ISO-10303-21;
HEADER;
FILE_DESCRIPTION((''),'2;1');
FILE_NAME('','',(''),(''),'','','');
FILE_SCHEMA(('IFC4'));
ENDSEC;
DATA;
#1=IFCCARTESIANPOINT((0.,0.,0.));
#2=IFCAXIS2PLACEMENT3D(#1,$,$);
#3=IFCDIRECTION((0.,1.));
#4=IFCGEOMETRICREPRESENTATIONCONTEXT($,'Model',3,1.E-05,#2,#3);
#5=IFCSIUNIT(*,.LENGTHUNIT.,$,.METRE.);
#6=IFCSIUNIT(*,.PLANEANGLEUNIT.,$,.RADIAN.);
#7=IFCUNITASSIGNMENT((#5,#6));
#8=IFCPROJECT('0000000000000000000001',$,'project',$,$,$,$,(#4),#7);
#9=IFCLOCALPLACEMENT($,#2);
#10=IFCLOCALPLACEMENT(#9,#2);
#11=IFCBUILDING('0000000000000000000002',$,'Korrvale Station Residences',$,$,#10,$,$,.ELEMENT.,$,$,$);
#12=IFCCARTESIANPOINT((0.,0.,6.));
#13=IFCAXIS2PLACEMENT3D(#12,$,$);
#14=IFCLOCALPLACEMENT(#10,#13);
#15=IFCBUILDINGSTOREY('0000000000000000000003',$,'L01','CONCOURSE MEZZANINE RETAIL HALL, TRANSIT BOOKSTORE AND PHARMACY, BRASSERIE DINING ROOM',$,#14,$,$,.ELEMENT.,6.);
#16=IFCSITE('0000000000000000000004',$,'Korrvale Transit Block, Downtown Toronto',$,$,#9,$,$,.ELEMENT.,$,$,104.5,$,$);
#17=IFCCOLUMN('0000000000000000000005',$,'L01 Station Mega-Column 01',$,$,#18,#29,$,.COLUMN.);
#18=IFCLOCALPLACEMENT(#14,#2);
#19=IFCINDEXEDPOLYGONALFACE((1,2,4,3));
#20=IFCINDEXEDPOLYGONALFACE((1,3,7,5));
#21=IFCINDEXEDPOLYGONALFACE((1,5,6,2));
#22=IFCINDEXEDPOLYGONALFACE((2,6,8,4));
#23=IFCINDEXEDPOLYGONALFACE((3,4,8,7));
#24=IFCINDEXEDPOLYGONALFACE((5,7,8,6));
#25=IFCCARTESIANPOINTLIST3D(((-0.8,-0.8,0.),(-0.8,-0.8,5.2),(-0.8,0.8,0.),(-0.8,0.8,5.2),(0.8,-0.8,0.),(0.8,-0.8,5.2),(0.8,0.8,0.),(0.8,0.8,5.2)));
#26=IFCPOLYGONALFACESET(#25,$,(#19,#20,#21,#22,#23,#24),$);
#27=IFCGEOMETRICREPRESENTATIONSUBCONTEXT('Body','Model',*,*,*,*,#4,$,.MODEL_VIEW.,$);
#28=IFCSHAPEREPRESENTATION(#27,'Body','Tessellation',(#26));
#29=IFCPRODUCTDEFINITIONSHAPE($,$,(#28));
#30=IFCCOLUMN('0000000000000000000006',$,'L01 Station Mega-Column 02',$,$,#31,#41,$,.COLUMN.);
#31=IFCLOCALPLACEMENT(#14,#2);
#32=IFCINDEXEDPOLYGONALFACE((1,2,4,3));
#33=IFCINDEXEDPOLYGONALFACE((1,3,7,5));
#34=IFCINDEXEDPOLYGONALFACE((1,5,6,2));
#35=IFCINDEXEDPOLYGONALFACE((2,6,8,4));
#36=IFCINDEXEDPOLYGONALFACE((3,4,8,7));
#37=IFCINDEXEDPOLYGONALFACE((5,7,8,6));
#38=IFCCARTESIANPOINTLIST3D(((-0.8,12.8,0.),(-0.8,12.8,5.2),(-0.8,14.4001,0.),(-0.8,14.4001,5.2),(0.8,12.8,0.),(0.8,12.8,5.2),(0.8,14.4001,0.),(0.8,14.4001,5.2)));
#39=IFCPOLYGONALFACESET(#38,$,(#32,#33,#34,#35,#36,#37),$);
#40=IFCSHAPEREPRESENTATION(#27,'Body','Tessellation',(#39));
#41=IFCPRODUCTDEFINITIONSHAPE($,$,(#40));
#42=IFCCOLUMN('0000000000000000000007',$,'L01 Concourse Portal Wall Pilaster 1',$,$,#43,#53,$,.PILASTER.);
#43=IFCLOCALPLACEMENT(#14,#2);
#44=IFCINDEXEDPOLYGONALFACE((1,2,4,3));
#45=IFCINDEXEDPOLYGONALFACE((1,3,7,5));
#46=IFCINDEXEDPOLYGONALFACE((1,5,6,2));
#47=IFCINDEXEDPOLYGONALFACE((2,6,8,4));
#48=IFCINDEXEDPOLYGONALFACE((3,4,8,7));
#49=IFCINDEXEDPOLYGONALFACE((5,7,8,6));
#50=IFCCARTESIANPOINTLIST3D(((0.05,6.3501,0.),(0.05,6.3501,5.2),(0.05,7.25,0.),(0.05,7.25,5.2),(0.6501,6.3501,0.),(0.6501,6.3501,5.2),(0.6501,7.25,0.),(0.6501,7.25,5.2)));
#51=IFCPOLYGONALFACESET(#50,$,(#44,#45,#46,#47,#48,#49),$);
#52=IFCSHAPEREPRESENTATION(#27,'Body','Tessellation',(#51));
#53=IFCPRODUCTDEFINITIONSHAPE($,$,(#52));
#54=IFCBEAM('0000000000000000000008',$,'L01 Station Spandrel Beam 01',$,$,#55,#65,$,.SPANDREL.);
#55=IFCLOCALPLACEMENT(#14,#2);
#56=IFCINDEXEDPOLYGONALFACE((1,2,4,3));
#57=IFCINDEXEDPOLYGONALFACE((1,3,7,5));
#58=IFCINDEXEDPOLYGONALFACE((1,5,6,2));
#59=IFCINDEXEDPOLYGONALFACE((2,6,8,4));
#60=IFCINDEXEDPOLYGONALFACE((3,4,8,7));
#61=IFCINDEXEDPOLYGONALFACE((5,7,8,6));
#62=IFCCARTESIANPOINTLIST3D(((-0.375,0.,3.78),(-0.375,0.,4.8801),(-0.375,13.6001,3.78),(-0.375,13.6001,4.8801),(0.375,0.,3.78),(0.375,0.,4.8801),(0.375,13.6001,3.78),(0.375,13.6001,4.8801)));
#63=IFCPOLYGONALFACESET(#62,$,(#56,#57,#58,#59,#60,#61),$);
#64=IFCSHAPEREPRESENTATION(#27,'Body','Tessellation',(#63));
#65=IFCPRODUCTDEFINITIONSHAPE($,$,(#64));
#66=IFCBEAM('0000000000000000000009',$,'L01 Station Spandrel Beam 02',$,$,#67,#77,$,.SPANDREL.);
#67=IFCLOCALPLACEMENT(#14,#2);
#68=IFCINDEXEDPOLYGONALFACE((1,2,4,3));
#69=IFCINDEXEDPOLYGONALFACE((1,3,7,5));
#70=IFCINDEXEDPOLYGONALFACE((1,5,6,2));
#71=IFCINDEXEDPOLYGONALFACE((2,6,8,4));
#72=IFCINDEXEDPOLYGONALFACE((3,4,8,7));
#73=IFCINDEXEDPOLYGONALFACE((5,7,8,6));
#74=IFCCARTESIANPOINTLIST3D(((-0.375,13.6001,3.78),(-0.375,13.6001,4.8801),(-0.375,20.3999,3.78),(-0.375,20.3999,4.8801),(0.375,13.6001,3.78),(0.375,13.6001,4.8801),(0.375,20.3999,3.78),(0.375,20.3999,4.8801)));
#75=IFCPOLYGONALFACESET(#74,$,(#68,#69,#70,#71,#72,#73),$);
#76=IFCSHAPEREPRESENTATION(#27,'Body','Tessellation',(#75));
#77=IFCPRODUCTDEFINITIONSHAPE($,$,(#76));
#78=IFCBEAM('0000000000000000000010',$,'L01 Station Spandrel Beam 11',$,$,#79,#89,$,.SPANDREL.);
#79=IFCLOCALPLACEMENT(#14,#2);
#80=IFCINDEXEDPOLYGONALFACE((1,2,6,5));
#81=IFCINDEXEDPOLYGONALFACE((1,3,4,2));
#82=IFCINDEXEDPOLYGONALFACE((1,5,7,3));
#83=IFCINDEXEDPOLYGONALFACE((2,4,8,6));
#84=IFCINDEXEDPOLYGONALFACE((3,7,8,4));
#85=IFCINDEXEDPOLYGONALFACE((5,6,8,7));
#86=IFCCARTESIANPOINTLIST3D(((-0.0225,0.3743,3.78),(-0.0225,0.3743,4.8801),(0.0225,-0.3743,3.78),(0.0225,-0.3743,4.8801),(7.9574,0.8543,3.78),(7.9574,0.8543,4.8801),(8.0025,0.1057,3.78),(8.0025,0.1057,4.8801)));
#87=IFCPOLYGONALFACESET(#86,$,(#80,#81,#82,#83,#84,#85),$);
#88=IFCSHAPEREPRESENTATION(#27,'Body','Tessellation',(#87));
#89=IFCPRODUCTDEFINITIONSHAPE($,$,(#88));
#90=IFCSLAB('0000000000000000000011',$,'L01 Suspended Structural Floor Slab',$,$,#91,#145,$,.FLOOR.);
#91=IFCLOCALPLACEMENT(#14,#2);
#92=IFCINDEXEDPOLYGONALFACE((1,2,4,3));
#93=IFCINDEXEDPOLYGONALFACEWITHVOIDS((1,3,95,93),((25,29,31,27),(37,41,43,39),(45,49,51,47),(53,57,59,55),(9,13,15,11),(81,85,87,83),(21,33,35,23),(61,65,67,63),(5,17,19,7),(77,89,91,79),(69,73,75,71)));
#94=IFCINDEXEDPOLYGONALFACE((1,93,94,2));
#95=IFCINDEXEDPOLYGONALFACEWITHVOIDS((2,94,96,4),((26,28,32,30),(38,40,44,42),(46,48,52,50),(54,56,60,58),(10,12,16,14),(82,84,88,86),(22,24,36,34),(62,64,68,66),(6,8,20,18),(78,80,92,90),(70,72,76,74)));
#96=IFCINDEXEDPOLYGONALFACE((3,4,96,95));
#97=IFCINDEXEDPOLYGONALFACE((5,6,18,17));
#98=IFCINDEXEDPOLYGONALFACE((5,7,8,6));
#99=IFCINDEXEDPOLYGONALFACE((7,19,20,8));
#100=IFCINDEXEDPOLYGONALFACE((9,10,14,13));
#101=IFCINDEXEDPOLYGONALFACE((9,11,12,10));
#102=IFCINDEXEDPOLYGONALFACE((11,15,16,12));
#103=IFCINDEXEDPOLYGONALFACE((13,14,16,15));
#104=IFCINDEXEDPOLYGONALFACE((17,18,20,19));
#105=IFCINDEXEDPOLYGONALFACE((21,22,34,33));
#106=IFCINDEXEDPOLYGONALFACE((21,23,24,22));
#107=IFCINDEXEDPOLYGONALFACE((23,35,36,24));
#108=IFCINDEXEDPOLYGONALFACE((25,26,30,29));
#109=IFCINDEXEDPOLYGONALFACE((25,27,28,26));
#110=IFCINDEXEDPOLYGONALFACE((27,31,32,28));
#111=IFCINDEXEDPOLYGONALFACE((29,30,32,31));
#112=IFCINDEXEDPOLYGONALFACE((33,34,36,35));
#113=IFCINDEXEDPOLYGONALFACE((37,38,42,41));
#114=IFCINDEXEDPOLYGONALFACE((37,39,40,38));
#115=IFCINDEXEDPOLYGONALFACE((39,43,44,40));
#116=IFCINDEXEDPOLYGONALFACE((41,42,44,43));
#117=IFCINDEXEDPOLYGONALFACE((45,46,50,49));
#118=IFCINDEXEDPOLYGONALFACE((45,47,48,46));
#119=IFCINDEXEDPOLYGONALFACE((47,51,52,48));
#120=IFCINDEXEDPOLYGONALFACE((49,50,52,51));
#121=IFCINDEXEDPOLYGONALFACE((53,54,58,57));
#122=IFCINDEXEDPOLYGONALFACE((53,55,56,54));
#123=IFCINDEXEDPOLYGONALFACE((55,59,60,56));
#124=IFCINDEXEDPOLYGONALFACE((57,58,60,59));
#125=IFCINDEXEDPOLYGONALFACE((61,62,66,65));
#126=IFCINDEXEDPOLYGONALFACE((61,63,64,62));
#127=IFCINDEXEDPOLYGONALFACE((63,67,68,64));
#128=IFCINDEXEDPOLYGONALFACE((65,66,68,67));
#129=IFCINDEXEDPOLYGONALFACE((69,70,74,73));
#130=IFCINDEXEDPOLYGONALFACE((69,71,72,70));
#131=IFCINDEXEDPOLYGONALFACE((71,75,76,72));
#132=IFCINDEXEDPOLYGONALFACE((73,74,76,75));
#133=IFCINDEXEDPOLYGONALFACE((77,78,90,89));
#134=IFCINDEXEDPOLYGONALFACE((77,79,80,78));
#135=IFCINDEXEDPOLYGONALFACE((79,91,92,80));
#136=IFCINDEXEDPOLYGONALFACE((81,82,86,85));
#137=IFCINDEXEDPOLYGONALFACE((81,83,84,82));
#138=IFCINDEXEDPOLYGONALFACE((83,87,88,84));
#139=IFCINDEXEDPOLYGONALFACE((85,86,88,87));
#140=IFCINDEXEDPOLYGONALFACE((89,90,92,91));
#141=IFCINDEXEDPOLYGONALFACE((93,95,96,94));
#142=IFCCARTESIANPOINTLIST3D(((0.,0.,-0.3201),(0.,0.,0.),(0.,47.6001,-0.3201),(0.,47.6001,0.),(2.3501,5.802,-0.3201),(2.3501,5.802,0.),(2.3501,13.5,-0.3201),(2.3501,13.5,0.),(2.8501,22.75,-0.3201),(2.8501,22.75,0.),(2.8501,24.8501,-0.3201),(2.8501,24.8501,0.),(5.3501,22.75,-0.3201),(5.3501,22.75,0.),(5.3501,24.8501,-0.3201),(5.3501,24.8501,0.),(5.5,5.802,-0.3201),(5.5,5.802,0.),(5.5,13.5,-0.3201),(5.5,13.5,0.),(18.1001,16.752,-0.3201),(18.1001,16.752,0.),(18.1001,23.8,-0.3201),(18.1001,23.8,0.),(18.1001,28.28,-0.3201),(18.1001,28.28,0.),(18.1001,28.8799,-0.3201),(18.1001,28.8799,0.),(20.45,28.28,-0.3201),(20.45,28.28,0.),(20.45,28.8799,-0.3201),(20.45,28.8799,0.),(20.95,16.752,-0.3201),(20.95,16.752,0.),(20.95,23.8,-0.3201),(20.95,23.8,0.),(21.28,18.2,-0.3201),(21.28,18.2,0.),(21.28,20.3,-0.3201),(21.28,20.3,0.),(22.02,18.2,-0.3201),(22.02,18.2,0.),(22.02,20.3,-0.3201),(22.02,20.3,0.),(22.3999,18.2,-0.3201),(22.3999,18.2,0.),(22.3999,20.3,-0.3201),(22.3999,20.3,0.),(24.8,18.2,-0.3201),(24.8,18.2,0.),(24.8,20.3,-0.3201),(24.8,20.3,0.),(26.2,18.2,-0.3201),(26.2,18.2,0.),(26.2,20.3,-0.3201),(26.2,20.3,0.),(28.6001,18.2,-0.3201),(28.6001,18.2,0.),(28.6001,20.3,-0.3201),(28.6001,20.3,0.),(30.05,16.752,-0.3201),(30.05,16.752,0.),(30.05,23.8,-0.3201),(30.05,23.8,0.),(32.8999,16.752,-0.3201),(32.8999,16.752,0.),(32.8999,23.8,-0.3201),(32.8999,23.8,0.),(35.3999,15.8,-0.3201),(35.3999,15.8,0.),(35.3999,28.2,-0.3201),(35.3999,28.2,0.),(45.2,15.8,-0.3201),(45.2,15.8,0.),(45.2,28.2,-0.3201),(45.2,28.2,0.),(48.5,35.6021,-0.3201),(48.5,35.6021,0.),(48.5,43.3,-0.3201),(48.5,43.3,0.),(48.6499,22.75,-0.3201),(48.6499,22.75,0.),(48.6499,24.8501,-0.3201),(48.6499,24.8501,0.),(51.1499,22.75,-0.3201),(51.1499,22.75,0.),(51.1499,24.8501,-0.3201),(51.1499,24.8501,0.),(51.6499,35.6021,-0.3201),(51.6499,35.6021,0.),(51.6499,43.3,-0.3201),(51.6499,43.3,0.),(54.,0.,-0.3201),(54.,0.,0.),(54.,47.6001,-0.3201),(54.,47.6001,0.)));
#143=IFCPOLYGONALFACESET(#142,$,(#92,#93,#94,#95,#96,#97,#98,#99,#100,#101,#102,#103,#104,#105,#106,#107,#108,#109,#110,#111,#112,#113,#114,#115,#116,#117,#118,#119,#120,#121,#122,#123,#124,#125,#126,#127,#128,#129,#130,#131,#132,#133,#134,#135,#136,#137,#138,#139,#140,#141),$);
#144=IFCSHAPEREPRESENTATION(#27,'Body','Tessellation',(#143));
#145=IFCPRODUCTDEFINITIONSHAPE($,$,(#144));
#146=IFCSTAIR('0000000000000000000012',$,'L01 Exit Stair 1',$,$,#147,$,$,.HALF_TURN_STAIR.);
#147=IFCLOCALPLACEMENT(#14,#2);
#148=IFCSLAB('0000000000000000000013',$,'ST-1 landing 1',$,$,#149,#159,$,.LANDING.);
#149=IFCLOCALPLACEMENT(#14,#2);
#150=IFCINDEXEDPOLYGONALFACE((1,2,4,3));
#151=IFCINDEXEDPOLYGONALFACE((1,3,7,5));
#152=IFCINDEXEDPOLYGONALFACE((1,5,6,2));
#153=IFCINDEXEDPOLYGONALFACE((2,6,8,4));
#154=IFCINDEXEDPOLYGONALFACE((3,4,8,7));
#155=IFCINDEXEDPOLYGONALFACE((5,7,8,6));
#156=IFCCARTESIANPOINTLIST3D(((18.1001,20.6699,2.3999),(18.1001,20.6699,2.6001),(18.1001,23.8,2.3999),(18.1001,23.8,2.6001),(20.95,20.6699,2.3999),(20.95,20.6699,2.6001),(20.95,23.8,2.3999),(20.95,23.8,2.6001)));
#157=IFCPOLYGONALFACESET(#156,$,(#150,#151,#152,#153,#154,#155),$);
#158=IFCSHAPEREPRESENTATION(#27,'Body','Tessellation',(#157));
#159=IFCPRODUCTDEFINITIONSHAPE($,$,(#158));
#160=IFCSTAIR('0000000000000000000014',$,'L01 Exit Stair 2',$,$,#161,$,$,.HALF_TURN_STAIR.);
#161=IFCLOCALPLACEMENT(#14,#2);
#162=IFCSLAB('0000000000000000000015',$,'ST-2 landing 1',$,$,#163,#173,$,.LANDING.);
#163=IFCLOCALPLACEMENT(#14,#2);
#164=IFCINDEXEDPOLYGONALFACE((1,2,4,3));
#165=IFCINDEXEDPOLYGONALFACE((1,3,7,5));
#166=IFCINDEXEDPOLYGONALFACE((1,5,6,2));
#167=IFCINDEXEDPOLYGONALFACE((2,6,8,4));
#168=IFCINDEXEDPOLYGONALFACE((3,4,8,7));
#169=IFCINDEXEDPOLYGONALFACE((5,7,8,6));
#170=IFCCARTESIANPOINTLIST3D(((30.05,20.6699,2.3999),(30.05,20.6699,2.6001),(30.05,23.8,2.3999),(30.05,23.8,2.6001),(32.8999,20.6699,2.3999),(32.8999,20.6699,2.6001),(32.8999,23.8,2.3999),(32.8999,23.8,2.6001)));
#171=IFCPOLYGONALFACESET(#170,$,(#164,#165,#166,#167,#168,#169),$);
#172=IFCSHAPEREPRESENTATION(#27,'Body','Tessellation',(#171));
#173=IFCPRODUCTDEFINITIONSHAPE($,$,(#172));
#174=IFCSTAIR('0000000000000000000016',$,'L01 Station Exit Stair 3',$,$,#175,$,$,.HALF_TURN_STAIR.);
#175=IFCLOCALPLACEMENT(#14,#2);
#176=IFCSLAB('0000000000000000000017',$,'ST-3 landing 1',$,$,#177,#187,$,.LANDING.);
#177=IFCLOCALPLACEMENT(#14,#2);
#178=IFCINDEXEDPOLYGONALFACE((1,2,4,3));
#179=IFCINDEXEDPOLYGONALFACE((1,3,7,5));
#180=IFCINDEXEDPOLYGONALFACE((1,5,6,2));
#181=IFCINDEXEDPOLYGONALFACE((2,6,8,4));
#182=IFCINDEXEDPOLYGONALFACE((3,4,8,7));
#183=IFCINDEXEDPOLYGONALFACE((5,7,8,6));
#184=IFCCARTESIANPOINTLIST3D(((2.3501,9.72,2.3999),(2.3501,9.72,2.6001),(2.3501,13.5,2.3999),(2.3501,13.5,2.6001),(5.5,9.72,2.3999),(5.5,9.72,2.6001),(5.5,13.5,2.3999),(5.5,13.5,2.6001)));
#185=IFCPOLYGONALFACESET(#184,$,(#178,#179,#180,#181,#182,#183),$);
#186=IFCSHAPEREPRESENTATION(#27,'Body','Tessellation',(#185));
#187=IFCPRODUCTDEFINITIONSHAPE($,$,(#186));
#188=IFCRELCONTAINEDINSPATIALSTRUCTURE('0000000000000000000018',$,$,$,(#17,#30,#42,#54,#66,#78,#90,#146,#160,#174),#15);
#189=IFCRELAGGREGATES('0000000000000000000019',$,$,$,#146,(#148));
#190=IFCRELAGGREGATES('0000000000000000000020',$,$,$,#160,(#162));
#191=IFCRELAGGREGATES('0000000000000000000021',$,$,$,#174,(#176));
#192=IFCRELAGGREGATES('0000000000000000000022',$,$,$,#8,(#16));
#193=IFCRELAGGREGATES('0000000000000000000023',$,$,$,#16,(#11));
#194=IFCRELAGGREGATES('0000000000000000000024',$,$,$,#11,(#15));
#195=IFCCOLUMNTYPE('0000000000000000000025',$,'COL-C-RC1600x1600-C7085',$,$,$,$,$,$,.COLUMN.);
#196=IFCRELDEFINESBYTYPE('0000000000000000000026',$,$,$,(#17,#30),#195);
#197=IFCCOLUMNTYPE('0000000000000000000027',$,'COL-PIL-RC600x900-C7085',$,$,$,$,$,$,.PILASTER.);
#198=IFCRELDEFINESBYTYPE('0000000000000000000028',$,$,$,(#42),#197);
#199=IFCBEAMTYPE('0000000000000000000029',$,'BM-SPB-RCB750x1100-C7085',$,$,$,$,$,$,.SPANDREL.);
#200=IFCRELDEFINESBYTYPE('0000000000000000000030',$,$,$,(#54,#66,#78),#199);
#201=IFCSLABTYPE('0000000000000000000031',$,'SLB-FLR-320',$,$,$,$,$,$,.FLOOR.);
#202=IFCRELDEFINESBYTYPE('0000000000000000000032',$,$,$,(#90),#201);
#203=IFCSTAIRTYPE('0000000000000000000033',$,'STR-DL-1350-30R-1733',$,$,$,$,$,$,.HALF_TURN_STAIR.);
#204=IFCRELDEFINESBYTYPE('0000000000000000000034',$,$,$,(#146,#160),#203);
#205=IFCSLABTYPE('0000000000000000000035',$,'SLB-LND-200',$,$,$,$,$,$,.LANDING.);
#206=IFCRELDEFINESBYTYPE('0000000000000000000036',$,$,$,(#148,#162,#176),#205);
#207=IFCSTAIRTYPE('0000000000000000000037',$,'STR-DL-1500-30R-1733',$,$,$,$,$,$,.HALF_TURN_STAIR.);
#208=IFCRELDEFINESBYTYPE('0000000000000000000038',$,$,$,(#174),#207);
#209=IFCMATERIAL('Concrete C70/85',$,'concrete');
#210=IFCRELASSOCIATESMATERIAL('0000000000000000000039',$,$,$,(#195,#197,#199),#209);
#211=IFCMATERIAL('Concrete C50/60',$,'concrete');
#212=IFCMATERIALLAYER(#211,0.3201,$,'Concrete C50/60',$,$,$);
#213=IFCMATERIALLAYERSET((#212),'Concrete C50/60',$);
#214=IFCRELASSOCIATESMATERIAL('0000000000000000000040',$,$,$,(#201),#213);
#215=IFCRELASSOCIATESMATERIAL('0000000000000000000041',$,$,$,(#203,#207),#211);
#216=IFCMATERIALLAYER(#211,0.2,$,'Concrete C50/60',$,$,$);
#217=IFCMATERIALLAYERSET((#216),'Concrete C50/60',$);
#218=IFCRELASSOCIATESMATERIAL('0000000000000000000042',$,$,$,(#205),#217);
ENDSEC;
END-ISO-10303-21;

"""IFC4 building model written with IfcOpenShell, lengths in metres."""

from ifc_helpers import new_model, si_unit, direction, frame, origin, origin_2d, place, context, subcontext, project, spatial, polyline, rectangle, outline, extrude, material, layer, layer_set, material_profile, profile_set, type_object, element, aggregate, save


model = new_model("IFC4")

# Units and contexts
model_context = context("Model", 3, precision=1e-05, world=origin(), true_north=direction((0.0, 1.0)))
body_context = subcontext(model_context, "Body", "Model", "MODEL_VIEW")
ifc_project = project(units=[si_unit("LENGTHUNIT", "METRE"), si_unit("PLANEANGLEUNIT", "RADIAN")], contexts=[model_context])

# Site, building, storey
site_placement = place(None, origin())
site = spatial("IfcSite", under=ifc_project, at=site_placement, Name="Korrvale Transit Block, Downtown Toronto", CompositionType="ELEMENT", RefElevation=104.5)
building_placement = place(site_placement, origin())
building = spatial("IfcBuilding", under=site, at=building_placement, Name="Korrvale Station Residences", CompositionType="ELEMENT")
storey_placement = place(building_placement, frame((0.0, 0.0, 6.0)))
storey = spatial("IfcBuildingStorey", under=building, at=storey_placement, Name="L01", Description="CONCOURSE MEZZANINE RETAIL HALL, TRANSIT BOOKSTORE AND PHARMACY, BRASSERIE DINING ROOM", CompositionType="ELEMENT", Elevation=6.0)

# Columns
ifc_material_1 = material(Name="Concrete C70/85", Category="concrete")
ifc_material_profile_1 = material_profile(ifc_material_1, rectangle(XDim=1.6001, YDim=1.6001, at=origin_2d()), Name="RC1600x1600")
ifc_profile_set_1 = profile_set([ifc_material_profile_1], Name="Concrete C70/85")
column_type_1 = type_object("IfcColumnType", Name="COL-C-RC1600x1600-C7085", PredefinedType="COLUMN", material=ifc_profile_set_1)
for number, where, z_axis, x_axis, name in (
    (1, (0.0, 0.0, 0.0), (0.0, 0.0, 1.0), (1.0, 0.0, 0.0), "L01 Station Mega-Column 01"),
    (2, (0.0, 13.6001, 0.0), (0.0, 0.0, 1.0), (1.0, 0.0, 0.0), "L01 Station Mega-Column 02"),
):
    element("IfcColumn", number, at=place(storey_placement, frame(where, z_axis=z_axis, x_axis=x_axis)), inside=storey, type_object=column_type_1, Name=name, PredefinedType="COLUMN", context=body_context, shape_type="SweptSolid", body=[
        extrude(rectangle(XDim=1.6001, YDim=1.6001, at=origin_2d()), origin(), (0.0, 0.0, 1.0), 5.2),
    ])
ifc_material_profile_2 = material_profile(ifc_material_1, rectangle(XDim=0.6001, YDim=0.8999, at=origin_2d()), Name="RC600x900")
ifc_profile_set_2 = profile_set([ifc_material_profile_2], Name="Concrete C70/85")
column_type_2 = type_object("IfcColumnType", Name="COL-PIL-RC600x900-C7085", PredefinedType="PILASTER", material=ifc_profile_set_2)
column_placement = place(storey_placement, frame((0.3501, 6.8, 0.0), z_axis=(0.0, 0.0, 1.0), x_axis=(1.0, 0.0, 0.0)))
element("IfcColumn", 3, at=column_placement, inside=storey, type_object=column_type_2, Name="L01 Concourse Portal Wall Pilaster 1", PredefinedType="PILASTER", context=body_context, shape_type="SweptSolid", body=[
    extrude(rectangle(XDim=0.6001, YDim=0.8999, at=origin_2d()), origin(), (0.0, 0.0, 1.0), 5.2),
])

# Beams
ifc_material_profile_3 = material_profile(ifc_material_1, rectangle(XDim=0.75, YDim=1.1001, at=origin_2d()), Name="RCB750x1100")
ifc_profile_set_3 = profile_set([ifc_material_profile_3], Name="Concrete C70/85")
beam_type = type_object("IfcBeamType", Name="BM-SPB-RCB750x1100-C7085", PredefinedType="SPANDREL", material=ifc_profile_set_3)
beam_1_placement = place(storey_placement, frame((0.0, 0.0, 4.3301), z_axis=(0.0, 1.0, 0.0), x_axis=(-1.0, 0.0, 0.0)))
element("IfcBeam", 4, at=beam_1_placement, inside=storey, type_object=beam_type, Name="L01 Station Spandrel Beam 01", PredefinedType="SPANDREL", context=body_context, shape_type="SweptSolid", body=[
    extrude(rectangle(XDim=0.75, YDim=1.1001, at=origin_2d()), origin(), (0.0, 0.0, 1.0), 13.6001),
])
beam_2_placement = place(storey_placement, frame((0.0, 13.6001, 4.3301), z_axis=(0.0, 1.0, 0.0), x_axis=(-1.0, 0.0, 0.0)))
element("IfcBeam", 5, at=beam_2_placement, inside=storey, type_object=beam_type, Name="L01 Station Spandrel Beam 02", PredefinedType="SPANDREL", context=body_context, shape_type="SweptSolid", body=[
    extrude(rectangle(XDim=0.75, YDim=1.1001, at=origin_2d()), origin(), (0.0, 0.0, 1.0), 6.7998),
])
beam_3_placement = place(storey_placement, frame((0.0, 0.0, 4.3301), z_axis=(0.998196, 0.06004, 0.0), x_axis=(-0.06004, 0.998196, 0.0)))
element("IfcBeam", 6, at=beam_3_placement, inside=storey, type_object=beam_type, Name="L01 Station Spandrel Beam 11", PredefinedType="SPANDREL", context=body_context, shape_type="SweptSolid", body=[
    extrude(rectangle(XDim=0.75, YDim=1.1001, at=origin_2d()), origin(), (0.0, 0.0, 1.0), 7.9944),
])

# Slab
ifc_material_2 = material(Name="Concrete C50/60", Category="concrete")
ifc_layer_1 = layer(ifc_material_2, 0.3201, Name="Concrete C50/60")
ifc_layer_set_1 = layer_set([ifc_layer_1], Name="Concrete C50/60")
slab_type_1 = type_object("IfcSlabType", Name="SLB-FLR-320", PredefinedType="FLOOR", material=ifc_layer_set_1)
slab_1_placement = place(storey_placement, frame((0.0, 0.0, -0.3201)))
element("IfcSlab", 7, at=slab_1_placement, inside=storey, type_object=slab_type_1, Name="L01 Suspended Structural Floor Slab", PredefinedType="FLOOR", context=body_context, shape_type="SweptSolid", body=[
    extrude(outline(polyline([(0.0, 0.0), (54.0, 0.0), (54.0, 47.6001), (0.0, 47.6001), (0.0, 0.0)]), holes=[polyline([(20.95, 16.752), (20.95, 23.8), (18.1001, 23.8), (18.1001, 16.752), (20.95, 16.752)]), polyline([(32.8999, 16.752), (32.8999, 23.8), (30.05, 23.8), (30.05, 16.752), (32.8999, 16.752)]), polyline([(5.5, 5.802), (5.5, 13.5), (2.3501, 13.5), (2.3501, 5.802), (5.5, 5.802)]), polyline([(51.6499, 35.6021), (51.6499, 43.3), (48.5, 43.3), (48.5, 35.6021), (51.6499, 35.6021)]), polyline([(35.3999, 15.8), (45.2, 15.8), (45.2, 28.2), (35.3999, 28.2), (35.3999, 15.8)]), polyline([(22.3999, 18.2), (24.8, 18.2), (24.8, 20.3), (22.3999, 20.3), (22.3999, 18.2)]), polyline([(26.2, 18.2), (28.6001, 18.2), (28.6001, 20.3), (26.2, 20.3), (26.2, 18.2)]), polyline([(2.8501, 22.75), (5.3501, 22.75), (5.3501, 24.8501), (2.8501, 24.8501), (2.8501, 22.75)]), polyline([(48.6499, 22.75), (51.1499, 22.75), (51.1499, 24.8501), (48.6499, 24.8501), (48.6499, 22.75)]), polyline([(18.1001, 28.28), (20.45, 28.28), (20.45, 28.8799), (18.1001, 28.8799), (18.1001, 28.28)]), polyline([(21.28, 18.2), (22.02, 18.2), (22.02, 20.3), (21.28, 20.3), (21.28, 18.2)])]), origin(), (0.0, 0.0, 1.0), 0.3201),
])

# Stairs, slabs
stair_type_1 = type_object("IfcStairType", Name="STR-DL-1350-30R-1733", PredefinedType="HALF_TURN_STAIR", material=ifc_material_2)
stair_1_placement = place(storey_placement, origin())
stair_1 = element("IfcStair", 8, at=stair_1_placement, inside=storey, type_object=stair_type_1, Name="L01 Exit Stair 1", PredefinedType="HALF_TURN_STAIR")
ifc_layer_2 = layer(ifc_material_2, 0.2, Name="Concrete C50/60")
ifc_layer_set_2 = layer_set([ifc_layer_2], Name="Concrete C50/60")
slab_type_2 = type_object("IfcSlabType", Name="SLB-LND-200", PredefinedType="LANDING", material=ifc_layer_set_2)
slab_2_placement = place(storey_placement, frame((0.0, 0.0, 2.3999)))
slab_2 = element("IfcSlab", 9, at=slab_2_placement, type_object=slab_type_2, Name="ST-1 landing 1", PredefinedType="LANDING", context=body_context, shape_type="SweptSolid", body=[
    extrude(outline(polyline([(20.95, 20.6699), (20.95, 23.8), (18.1001, 23.8), (18.1001, 20.6699), (20.95, 20.6699)])), origin(), (0.0, 0.0, 1.0), 0.2002),
])
aggregate(stair_1, [slab_2])
stair_2_placement = place(storey_placement, origin())
stair_2 = element("IfcStair", 10, at=stair_2_placement, inside=storey, type_object=stair_type_1, Name="L01 Exit Stair 2", PredefinedType="HALF_TURN_STAIR")
slab_3_placement = place(storey_placement, frame((0.0, 0.0, 2.3999)))
slab_3 = element("IfcSlab", 11, at=slab_3_placement, type_object=slab_type_2, Name="ST-2 landing 1", PredefinedType="LANDING", context=body_context, shape_type="SweptSolid", body=[
    extrude(outline(polyline([(32.8999, 20.6699), (32.8999, 23.8), (30.05, 23.8), (30.05, 20.6699), (32.8999, 20.6699)])), origin(), (0.0, 0.0, 1.0), 0.2002),
])
aggregate(stair_2, [slab_3])
stair_type_2 = type_object("IfcStairType", Name="STR-DL-1500-30R-1733", PredefinedType="HALF_TURN_STAIR", material=ifc_material_2)
stair_3_placement = place(storey_placement, origin())
stair_3 = element("IfcStair", 12, at=stair_3_placement, inside=storey, type_object=stair_type_2, Name="L01 Station Exit Stair 3", PredefinedType="HALF_TURN_STAIR")
slab_4_placement = place(storey_placement, frame((0.0, 0.0, 2.3999)))
slab_4 = element("IfcSlab", 13, at=slab_4_placement, type_object=slab_type_2, Name="ST-3 landing 1", PredefinedType="LANDING", context=body_context, shape_type="SweptSolid", body=[
    extrude(outline(polyline([(5.5, 9.72), (5.5, 13.5), (2.3501, 13.5), (2.3501, 9.72), (5.5, 9.72)])), origin(), (0.0, 0.0, 1.0), 0.2002),
])

aggregate(stair_3, [slab_4])

save(model, "model.ifc")
